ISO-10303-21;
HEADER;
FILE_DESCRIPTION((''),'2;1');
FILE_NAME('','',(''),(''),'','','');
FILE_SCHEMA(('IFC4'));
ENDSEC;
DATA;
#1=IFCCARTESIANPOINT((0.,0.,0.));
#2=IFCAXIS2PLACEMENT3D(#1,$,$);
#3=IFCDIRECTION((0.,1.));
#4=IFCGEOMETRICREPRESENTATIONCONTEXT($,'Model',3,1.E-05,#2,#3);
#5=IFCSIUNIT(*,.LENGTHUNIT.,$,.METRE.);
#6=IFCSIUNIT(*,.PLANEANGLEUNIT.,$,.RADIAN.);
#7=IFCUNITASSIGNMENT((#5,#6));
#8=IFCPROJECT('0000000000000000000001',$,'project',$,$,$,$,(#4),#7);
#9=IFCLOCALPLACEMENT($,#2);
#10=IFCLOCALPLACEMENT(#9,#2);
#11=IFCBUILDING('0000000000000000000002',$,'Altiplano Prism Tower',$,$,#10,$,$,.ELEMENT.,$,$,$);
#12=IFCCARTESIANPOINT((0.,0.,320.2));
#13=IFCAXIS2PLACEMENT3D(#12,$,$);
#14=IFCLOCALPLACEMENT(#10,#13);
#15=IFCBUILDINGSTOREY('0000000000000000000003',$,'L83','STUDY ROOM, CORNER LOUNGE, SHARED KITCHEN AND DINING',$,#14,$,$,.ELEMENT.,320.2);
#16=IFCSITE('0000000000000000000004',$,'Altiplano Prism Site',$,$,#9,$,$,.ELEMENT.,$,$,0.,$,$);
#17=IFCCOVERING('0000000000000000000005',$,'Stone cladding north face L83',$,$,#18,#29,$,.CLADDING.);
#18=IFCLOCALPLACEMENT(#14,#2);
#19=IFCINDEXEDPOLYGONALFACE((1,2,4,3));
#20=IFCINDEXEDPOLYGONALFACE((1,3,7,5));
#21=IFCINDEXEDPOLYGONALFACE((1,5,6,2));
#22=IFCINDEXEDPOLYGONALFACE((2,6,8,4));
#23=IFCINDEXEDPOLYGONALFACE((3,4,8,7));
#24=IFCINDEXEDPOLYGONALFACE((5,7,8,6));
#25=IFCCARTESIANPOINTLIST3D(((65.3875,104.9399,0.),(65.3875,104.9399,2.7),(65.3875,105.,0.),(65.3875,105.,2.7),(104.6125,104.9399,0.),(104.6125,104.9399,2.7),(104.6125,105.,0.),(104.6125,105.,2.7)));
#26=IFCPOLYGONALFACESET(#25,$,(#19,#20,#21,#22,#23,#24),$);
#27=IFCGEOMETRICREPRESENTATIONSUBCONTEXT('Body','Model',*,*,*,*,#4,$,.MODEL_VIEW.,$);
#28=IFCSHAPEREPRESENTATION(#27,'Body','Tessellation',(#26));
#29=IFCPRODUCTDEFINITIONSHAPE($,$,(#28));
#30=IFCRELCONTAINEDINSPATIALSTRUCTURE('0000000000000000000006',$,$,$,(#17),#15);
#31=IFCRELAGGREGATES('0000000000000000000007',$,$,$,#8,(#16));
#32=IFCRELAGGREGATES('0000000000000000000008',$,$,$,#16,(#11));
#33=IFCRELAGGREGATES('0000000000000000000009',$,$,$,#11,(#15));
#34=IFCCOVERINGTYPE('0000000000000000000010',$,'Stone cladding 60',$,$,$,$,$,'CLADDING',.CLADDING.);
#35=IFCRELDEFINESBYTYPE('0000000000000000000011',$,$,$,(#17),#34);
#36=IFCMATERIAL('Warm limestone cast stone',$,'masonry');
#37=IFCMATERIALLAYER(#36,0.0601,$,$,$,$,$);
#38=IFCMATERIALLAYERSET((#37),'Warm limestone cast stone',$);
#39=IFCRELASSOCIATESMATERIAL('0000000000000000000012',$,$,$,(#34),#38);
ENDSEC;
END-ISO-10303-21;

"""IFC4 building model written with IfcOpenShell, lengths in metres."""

from ifc_helpers import new_model, si_unit, direction, frame, frame_2d, origin, place, context, subcontext, project, spatial, rectangle, extrude, material, layer, layer_set, type_object, element, save


model = new_model("IFC4")

# Units and contexts
model_context = context("Model", 3, precision=1e-05, world=origin(), true_north=direction((0.0, 1.0)))
body_context = subcontext(model_context, "Body", "Model", "MODEL_VIEW")
ifc_project = project(units=[si_unit("LENGTHUNIT", "METRE"), si_unit("PLANEANGLEUNIT", "RADIAN")], contexts=[model_context])

# Site, building, storey
site_placement = place(None, origin())
site = spatial("IfcSite", under=ifc_project, at=site_placement, Name="Altiplano Prism Site", CompositionType="ELEMENT", RefElevation=0.0)
building_placement = place(site_placement, origin())
building = spatial("IfcBuilding", under=site, at=building_placement, Name="Altiplano Prism Tower", CompositionType="ELEMENT")
storey_placement = place(building_placement, frame((0.0, 0.0, 320.2)))
storey = spatial("IfcBuildingStorey", under=building, at=storey_placement, Name="L83", Description="STUDY ROOM, CORNER LOUNGE, SHARED KITCHEN AND DINING", CompositionType="ELEMENT", Elevation=320.2)

# Covering
ifc_material_1 = material(Name="Warm limestone cast stone", Category="masonry")
ifc_layer_1 = layer(ifc_material_1, 0.0601)
ifc_layer_set_1 = layer_set([ifc_layer_1], Name="Warm limestone cast stone")
covering_type = type_object("IfcCoveringType", Name="Stone cladding 60", ElementType="CLADDING", PredefinedType="CLADDING", material=ifc_layer_set_1)
covering_placement = place(storey_placement, frame((65.3875, 104.97, 0.0), z_axis=(0.0, 0.0, 1.0), x_axis=(1.0, 0.0, 0.0)))
element("IfcCovering", 1, at=covering_placement, inside=storey, type_object=covering_type, Name="Stone cladding north face L83", PredefinedType="CLADDING", context=body_context, shape_type="SweptSolid", body=[
    extrude(rectangle(XDim=39.2251, YDim=0.0601, at=frame_2d((19.6125, 0.0))), origin(), (0.0, 0.0, 1.0), 2.7),
])

save(model, "model.ifc")
